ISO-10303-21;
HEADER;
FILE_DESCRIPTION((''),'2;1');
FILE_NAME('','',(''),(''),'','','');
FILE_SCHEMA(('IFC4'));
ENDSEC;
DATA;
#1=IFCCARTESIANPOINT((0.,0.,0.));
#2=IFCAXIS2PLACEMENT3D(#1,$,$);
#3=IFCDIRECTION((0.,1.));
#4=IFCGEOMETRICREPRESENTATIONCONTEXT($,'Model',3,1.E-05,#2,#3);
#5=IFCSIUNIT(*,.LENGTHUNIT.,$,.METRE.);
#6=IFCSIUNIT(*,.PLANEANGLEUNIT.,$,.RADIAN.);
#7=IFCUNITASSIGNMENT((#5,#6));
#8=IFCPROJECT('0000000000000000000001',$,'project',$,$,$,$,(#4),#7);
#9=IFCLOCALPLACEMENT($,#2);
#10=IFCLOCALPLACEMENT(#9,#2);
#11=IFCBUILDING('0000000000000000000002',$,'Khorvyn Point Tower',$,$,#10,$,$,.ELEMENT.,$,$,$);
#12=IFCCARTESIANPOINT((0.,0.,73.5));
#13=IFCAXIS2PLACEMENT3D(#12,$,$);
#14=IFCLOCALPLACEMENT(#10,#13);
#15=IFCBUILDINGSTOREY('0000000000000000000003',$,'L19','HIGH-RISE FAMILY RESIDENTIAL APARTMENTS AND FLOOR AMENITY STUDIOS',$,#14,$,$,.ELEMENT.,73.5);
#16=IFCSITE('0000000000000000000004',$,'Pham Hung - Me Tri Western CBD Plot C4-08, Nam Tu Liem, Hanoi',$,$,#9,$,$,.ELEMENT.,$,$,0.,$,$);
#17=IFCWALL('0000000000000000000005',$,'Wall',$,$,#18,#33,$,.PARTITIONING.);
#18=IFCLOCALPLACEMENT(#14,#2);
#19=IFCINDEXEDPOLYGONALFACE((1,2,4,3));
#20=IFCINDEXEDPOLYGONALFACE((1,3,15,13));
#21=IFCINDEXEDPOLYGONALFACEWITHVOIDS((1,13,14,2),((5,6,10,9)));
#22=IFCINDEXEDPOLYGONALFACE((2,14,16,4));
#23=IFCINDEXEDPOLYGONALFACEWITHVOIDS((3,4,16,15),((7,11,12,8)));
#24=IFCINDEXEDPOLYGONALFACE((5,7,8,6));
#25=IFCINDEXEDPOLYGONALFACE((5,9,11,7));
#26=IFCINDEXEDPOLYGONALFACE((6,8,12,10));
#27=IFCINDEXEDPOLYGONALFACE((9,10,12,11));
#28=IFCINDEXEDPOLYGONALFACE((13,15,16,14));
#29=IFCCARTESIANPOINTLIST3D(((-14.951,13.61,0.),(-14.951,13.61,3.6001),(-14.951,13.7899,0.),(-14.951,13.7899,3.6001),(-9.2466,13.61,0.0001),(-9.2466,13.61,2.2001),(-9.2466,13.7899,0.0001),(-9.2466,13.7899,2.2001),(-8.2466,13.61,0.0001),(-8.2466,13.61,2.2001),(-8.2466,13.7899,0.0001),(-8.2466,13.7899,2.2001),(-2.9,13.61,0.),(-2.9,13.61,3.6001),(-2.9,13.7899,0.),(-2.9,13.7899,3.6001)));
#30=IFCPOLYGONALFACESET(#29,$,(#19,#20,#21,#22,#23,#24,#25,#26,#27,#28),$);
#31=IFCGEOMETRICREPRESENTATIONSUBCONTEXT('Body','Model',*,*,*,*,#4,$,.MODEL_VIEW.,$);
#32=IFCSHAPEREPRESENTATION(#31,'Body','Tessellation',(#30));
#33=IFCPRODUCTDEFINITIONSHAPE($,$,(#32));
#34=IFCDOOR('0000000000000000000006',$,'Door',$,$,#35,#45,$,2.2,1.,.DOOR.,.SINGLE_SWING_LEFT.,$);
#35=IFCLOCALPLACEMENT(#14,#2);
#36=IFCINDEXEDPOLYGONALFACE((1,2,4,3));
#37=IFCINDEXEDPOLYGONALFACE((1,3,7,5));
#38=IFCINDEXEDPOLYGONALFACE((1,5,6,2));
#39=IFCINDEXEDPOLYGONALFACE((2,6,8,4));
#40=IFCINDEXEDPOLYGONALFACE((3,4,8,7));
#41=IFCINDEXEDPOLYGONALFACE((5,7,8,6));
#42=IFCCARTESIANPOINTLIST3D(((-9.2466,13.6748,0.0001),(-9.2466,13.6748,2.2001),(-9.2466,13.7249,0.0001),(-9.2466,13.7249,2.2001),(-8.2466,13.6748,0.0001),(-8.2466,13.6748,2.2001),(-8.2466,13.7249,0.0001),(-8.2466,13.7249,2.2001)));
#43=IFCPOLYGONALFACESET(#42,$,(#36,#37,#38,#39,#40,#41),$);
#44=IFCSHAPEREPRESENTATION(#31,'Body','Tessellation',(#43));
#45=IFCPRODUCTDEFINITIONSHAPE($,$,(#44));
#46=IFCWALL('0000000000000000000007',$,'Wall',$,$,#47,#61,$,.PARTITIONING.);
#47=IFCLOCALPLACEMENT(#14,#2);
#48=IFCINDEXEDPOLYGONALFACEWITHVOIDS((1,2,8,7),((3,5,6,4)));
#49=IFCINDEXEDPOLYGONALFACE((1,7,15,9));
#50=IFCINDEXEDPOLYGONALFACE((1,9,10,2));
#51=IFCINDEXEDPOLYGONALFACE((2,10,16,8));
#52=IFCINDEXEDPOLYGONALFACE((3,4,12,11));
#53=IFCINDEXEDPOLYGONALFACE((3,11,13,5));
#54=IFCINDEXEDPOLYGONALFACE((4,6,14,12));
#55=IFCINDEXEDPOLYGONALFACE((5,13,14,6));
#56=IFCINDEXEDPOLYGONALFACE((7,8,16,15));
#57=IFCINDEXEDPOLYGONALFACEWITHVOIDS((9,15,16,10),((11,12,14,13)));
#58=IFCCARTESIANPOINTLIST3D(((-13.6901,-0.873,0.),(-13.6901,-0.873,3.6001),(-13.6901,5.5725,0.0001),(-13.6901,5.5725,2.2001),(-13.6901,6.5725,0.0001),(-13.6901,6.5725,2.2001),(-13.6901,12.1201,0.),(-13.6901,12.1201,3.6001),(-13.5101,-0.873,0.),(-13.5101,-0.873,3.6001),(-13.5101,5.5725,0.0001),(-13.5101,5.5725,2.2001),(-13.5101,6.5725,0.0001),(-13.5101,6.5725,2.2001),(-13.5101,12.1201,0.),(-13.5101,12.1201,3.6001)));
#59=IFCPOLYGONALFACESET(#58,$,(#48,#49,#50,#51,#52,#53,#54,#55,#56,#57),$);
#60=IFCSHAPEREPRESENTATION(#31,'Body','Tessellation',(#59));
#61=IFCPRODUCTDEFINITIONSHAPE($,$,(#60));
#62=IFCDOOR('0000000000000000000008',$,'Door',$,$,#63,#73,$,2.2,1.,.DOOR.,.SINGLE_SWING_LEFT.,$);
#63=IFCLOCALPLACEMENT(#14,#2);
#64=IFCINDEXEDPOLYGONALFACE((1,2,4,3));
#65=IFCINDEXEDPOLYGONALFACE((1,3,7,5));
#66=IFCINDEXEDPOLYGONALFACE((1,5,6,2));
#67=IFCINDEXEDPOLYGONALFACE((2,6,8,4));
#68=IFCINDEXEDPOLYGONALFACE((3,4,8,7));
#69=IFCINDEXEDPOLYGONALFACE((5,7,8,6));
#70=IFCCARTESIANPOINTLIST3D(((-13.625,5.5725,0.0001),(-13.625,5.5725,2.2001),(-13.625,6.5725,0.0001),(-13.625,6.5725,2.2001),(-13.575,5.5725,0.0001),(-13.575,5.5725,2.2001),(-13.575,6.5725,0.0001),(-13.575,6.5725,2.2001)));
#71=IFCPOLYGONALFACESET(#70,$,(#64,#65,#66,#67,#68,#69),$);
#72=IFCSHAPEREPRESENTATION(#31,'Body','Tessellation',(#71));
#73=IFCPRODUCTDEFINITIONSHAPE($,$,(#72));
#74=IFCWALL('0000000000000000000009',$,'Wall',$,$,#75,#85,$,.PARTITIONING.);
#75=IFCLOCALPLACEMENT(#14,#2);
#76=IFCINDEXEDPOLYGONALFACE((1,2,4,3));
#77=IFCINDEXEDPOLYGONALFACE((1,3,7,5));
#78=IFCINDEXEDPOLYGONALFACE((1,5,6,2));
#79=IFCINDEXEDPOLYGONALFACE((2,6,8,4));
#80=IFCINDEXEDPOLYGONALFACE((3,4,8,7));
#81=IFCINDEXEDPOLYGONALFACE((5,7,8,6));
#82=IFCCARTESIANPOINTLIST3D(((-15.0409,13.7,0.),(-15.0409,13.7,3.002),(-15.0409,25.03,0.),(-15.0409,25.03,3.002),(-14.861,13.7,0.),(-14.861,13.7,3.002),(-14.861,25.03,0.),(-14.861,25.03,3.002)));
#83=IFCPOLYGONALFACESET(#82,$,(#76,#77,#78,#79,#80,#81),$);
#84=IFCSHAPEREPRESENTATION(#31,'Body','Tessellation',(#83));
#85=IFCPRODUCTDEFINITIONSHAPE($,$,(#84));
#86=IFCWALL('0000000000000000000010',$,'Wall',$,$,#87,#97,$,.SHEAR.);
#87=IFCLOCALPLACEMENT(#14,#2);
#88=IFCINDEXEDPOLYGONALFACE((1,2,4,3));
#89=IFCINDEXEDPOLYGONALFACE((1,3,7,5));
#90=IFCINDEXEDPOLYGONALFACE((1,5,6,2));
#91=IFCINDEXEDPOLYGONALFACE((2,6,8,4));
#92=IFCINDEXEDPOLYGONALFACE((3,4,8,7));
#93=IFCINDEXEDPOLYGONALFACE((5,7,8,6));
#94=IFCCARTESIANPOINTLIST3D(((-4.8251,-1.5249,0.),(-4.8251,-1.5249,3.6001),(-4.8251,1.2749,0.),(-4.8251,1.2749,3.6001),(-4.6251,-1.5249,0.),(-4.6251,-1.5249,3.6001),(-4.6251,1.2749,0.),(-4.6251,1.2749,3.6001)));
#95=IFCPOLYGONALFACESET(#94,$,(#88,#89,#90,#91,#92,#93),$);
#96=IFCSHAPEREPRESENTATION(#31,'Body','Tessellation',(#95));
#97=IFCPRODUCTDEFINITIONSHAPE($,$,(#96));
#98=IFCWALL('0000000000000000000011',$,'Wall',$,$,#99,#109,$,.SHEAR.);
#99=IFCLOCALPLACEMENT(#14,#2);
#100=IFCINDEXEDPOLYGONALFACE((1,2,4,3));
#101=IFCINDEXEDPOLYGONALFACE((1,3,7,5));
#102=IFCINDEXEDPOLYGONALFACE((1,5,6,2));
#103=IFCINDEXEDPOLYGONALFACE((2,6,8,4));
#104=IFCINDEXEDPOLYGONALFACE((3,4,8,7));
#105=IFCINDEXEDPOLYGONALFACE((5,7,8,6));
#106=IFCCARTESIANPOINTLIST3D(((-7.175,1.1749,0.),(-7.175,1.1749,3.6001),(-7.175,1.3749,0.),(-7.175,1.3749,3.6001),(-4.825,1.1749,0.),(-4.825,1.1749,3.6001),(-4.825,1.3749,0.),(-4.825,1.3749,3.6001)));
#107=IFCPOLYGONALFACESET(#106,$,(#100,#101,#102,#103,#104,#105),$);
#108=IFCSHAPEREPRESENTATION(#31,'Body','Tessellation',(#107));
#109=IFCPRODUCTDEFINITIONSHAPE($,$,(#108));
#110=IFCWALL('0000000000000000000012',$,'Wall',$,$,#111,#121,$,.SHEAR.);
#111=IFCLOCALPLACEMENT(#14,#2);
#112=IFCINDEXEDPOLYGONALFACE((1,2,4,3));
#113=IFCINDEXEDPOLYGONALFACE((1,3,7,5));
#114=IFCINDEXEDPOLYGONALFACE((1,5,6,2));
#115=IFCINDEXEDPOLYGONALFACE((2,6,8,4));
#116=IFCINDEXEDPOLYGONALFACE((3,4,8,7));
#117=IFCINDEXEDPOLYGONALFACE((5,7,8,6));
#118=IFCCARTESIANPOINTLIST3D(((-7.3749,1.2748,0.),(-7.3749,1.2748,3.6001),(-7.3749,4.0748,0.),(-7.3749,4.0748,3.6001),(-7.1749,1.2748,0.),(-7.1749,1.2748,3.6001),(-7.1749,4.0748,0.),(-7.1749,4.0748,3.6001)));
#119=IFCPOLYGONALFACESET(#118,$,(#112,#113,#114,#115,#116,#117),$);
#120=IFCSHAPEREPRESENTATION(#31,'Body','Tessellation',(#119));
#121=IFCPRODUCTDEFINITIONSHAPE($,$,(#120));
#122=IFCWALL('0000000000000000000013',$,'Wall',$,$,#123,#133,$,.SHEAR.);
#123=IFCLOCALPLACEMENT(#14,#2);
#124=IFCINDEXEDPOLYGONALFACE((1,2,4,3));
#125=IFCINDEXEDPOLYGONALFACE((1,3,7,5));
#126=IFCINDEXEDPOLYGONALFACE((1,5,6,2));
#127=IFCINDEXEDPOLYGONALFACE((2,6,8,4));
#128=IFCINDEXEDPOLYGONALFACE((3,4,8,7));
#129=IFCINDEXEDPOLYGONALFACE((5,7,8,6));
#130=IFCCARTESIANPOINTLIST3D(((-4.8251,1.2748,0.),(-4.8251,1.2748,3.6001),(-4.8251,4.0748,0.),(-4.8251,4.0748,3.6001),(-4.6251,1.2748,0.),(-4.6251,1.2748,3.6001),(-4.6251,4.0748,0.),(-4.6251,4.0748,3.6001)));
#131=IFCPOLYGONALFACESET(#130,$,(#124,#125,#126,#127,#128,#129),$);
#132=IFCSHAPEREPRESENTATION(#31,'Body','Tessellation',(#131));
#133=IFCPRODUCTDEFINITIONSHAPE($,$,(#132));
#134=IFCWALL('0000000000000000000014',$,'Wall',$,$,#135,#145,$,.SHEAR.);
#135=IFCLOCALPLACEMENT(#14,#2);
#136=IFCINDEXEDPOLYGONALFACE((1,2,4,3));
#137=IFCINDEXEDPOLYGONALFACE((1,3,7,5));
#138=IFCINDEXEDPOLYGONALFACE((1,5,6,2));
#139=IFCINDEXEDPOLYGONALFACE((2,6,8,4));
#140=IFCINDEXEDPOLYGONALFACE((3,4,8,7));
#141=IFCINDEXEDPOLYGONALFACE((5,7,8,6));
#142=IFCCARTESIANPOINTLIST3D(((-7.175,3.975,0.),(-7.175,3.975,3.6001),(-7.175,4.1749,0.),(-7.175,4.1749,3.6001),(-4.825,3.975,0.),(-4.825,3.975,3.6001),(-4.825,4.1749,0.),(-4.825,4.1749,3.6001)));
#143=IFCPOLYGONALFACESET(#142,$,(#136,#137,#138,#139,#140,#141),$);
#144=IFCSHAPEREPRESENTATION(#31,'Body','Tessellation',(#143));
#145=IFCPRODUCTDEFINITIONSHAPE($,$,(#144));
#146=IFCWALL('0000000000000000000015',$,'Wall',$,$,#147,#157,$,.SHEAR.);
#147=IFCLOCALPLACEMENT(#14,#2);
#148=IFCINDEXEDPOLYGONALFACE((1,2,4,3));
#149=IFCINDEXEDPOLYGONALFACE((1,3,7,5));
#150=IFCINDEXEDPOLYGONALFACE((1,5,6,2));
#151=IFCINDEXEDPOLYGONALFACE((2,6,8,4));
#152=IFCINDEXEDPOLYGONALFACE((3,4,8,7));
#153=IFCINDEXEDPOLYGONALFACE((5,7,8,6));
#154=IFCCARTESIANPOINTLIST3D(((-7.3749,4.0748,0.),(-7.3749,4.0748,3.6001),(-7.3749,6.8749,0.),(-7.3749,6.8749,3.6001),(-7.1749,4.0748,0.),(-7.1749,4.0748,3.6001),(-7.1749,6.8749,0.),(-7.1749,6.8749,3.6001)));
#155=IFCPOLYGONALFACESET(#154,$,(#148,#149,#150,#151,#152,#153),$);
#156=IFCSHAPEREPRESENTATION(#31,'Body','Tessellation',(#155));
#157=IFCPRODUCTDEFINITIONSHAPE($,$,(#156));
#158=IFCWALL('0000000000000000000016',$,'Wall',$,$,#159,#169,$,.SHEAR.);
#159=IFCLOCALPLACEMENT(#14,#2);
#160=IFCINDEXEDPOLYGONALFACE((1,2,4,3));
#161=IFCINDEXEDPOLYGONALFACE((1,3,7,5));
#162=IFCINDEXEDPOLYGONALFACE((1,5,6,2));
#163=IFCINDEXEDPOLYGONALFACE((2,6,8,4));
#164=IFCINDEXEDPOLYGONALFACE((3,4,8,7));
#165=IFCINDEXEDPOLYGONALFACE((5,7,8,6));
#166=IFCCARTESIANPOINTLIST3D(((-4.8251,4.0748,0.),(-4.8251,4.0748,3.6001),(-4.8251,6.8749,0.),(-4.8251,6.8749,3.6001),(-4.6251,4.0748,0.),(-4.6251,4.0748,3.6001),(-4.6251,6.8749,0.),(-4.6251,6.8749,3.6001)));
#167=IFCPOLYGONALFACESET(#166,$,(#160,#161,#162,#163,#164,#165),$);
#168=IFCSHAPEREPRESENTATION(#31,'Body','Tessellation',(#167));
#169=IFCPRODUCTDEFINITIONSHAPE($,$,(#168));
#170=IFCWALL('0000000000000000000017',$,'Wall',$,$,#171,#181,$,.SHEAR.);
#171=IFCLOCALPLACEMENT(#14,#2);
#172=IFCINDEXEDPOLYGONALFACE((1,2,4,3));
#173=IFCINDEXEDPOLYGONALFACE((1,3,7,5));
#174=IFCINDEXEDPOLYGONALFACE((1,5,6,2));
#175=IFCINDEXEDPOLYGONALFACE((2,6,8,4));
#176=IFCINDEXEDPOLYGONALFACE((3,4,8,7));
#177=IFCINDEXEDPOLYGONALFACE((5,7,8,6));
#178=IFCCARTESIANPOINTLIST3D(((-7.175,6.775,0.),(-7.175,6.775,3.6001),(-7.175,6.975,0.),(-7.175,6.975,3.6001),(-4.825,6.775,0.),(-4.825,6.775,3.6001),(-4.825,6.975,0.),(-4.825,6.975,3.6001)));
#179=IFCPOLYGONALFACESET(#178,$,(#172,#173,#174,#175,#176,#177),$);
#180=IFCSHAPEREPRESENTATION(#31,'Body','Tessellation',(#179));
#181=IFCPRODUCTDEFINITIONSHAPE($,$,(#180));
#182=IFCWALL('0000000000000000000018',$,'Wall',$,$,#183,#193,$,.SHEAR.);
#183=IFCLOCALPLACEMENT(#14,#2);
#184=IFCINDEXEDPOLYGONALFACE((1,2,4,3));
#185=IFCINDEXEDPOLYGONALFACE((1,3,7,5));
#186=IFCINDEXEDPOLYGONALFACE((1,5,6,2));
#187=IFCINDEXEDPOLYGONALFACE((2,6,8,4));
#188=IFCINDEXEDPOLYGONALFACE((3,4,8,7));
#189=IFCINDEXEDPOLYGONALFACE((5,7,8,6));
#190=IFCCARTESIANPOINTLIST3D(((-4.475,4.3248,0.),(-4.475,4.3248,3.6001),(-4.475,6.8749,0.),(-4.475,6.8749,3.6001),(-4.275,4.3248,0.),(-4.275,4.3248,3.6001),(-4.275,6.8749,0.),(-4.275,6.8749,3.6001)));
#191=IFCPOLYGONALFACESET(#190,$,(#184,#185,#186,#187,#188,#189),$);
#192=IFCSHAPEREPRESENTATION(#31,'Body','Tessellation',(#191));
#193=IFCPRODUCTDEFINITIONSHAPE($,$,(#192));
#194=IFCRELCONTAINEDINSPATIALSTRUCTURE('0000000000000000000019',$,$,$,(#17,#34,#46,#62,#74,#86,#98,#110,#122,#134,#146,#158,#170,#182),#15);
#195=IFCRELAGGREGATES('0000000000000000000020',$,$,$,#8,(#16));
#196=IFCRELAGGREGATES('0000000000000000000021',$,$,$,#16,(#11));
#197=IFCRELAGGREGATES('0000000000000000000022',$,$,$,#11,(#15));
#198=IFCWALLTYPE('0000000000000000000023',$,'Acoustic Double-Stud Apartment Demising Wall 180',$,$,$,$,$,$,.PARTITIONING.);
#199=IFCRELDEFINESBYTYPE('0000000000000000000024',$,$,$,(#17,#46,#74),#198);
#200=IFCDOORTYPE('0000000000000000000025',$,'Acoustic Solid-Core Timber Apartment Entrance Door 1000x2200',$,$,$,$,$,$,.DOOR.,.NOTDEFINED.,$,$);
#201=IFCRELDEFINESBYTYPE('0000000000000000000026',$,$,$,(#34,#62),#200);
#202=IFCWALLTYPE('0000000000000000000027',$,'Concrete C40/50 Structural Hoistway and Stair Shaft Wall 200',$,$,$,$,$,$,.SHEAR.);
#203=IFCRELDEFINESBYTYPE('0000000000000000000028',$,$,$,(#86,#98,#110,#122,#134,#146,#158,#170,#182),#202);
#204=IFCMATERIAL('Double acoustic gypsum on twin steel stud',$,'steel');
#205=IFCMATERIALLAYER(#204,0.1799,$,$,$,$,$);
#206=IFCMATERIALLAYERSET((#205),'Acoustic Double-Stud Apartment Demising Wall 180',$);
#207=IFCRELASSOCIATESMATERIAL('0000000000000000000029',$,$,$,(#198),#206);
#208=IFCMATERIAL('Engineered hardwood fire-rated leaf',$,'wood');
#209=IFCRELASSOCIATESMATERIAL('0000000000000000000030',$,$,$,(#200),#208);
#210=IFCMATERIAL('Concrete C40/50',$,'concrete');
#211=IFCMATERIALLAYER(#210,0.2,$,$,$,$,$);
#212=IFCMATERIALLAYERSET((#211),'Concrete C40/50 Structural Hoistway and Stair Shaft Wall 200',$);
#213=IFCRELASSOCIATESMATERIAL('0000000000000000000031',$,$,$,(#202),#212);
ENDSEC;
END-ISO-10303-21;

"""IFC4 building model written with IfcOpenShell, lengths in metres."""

from ifc_helpers import new_model, si_unit, direction, frame, frame_2d, origin, place, context, subcontext, project, spatial, rectangle, extrude, material, layer, layer_set, type_object, element, fill, save


model = new_model("IFC4")

# Units and contexts
model_context = context("Model", 3, precision=1e-05, world=origin(), true_north=direction((0.0, 1.0)))
body_context = subcontext(model_context, "Body", "Model", "MODEL_VIEW")
ifc_project = project(units=[si_unit("LENGTHUNIT", "METRE"), si_unit("PLANEANGLEUNIT", "RADIAN")], contexts=[model_context])

# Site, building, storey
site_placement = place(None, origin())
site = spatial("IfcSite", under=ifc_project, at=site_placement, Name="Pham Hung - Me Tri Western CBD Plot C4-08, Nam Tu Liem, Hanoi", CompositionType="ELEMENT", RefElevation=0.0)
building_placement = place(site_placement, origin())
building = spatial("IfcBuilding", under=site, at=building_placement, Name="Khorvyn Point Tower", CompositionType="ELEMENT")
storey_placement = place(building_placement, frame((0.0, 0.0, 73.5)))
storey = spatial("IfcBuildingStorey", under=building, at=storey_placement, Name="L19", Description="HIGH-RISE FAMILY RESIDENTIAL APARTMENTS AND FLOOR AMENITY STUDIOS", CompositionType="ELEMENT", Elevation=73.5)

# Shared definitions
ifc_material_1 = material(Name="Concrete C40/50", Category="concrete")

# Walls, openings, doors
ifc_material_2 = material(Name="Double acoustic gypsum on twin steel stud", Category="steel")
ifc_layer_1 = layer(ifc_material_2, 0.1799)
ifc_layer_set_1 = layer_set([ifc_layer_1], Name="Acoustic Double-Stud Apartment Demising Wall 180")
wall_type_1 = type_object("IfcWallType", Name="Acoustic Double-Stud Apartment Demising Wall 180", PredefinedType="PARTITIONING", material=ifc_layer_set_1)
wall_1_placement = place(storey_placement, frame((-14.9509, 13.7, 0.0), z_axis=(0.0, 0.0, 1.0), x_axis=(1.0, 0.0, 0.0)))
wall_1 = element("IfcWall", 1, at=wall_1_placement, inside=storey, type_object=wall_type_1, Name="Wall", PredefinedType="PARTITIONING", context=body_context, shape_type="SweptSolid", body=[
    extrude(rectangle(XDim=12.051, YDim=0.1799, at=frame_2d((6.0254, 0.0))), origin(), (0.0, 0.0, 1.0), 3.6001),
])
opening_1_placement = place(wall_1_placement, frame((5.7043, 0.0, 0.0)))
opening_1 = element("IfcOpeningElement", 2, at=opening_1_placement, cuts=wall_1, PredefinedType="OPENING", context=body_context, shape_type="SweptSolid", body=[
    extrude(rectangle(XDim=1.0, YDim=2.2, at=frame_2d((0.5, 1.1001))), frame((0.0, 0.0999, 0.0), z_axis=(0.0, -1.0, 0.0), x_axis=(1.0, 0.0, 0.0)), (0.0, 0.0, 1.0), 0.2),
])
ifc_material_3 = material(Name="Engineered hardwood fire-rated leaf", Category="wood")
door_type_1 = type_object("IfcDoorType", Name="Acoustic Solid-Core Timber Apartment Entrance Door 1000x2200", OperationType="NOTDEFINED", PredefinedType="DOOR", material=ifc_material_3)
door_1_placement = place(opening_1_placement, origin())
door_1 = element("IfcDoor", 3, at=door_1_placement, inside=storey, type_object=door_type_1, Name="Door", OperationType="SINGLE_SWING_LEFT", OverallHeight=2.2, OverallWidth=1.0, PredefinedType="DOOR", context=body_context, shape_type="SweptSolid", body=[
    extrude(rectangle(XDim=1.0, YDim=2.2, at=frame_2d((0.5, 1.1001))), frame((0.0, 0.0249, 0.0), z_axis=(0.0, -1.0, 0.0), x_axis=(1.0, 0.0, 0.0)), (0.0, 0.0, 1.0), 0.05),
])
fill(opening_1, door_1)
wall_2_placement = place(storey_placement, frame((-13.6001, -0.873, 0.0), z_axis=(0.0, 0.0, 1.0), x_axis=(0.0, 1.0, 0.0)))
wall_2 = element("IfcWall", 4, at=wall_2_placement, inside=storey, type_object=wall_type_1, Name="Wall", PredefinedType="PARTITIONING", context=body_context, shape_type="SweptSolid", body=[
    extrude(rectangle(XDim=12.9932, YDim=0.1799, at=frame_2d((6.4966, 0.0))), origin(), (0.0, 0.0, 1.0), 3.6001),
])
opening_2_placement = place(wall_2_placement, frame((6.4456, 0.0, 0.0)))
opening_2 = element("IfcOpeningElement", 5, at=opening_2_placement, cuts=wall_2, PredefinedType="OPENING", context=body_context, shape_type="SweptSolid", body=[
    extrude(rectangle(XDim=1.0, YDim=2.2, at=frame_2d((0.5, 1.1001))), frame((0.0, 0.0999, 0.0), z_axis=(0.0, -1.0, 0.0), x_axis=(1.0, 0.0, 0.0)), (0.0, 0.0, 1.0), 0.2),
])
door_2_placement = place(opening_2_placement, origin())
door_2 = element("IfcDoor", 6, at=door_2_placement, inside=storey, type_object=door_type_1, Name="Door", OperationType="SINGLE_SWING_LEFT", OverallHeight=2.2, OverallWidth=1.0, PredefinedType="DOOR", context=body_context, shape_type="SweptSolid", body=[
    extrude(rectangle(XDim=1.0, YDim=2.2, at=frame_2d((0.5, 1.1001))), frame((0.0, 0.0249, 0.0), z_axis=(0.0, -1.0, 0.0), x_axis=(1.0, 0.0, 0.0)), (0.0, 0.0, 1.0), 0.05),
])
fill(opening_2, door_2)

# Wall
wall_3_placement = place(storey_placement, frame((-14.9509, 13.7, 0.0), z_axis=(0.0, 0.0, 1.0), x_axis=(0.0, 1.0, 0.0)))
element("IfcWall", 7, at=wall_3_placement, inside=storey, type_object=wall_type_1, Name="Wall", PredefinedType="PARTITIONING", context=body_context, shape_type="SweptSolid", body=[
    extrude(rectangle(XDim=11.3301, YDim=0.1799, at=frame_2d((5.665, 0.0))), origin(), (0.0, 0.0, 1.0), 3.002),
])

# Walls
ifc_layer_2 = layer(ifc_material_1, 0.2)
ifc_layer_set_2 = layer_set([ifc_layer_2], Name="Concrete C40/50 Structural Hoistway and Stair Shaft Wall 200")
wall_type_2 = type_object("IfcWallType", Name="Concrete C40/50 Structural Hoistway and Stair Shaft Wall 200", PredefinedType="SHEAR", material=ifc_layer_set_2)
wall_4_placement = place(storey_placement, frame((-4.7251, -1.5249, 0.0), z_axis=(0.0, 0.0, 1.0), x_axis=(0.0, 1.0, 0.0)))
element("IfcWall", 8, at=wall_4_placement, inside=storey, type_object=wall_type_2, Name="Wall", PredefinedType="SHEAR", context=body_context, shape_type="SweptSolid", body=[
    extrude(rectangle(XDim=2.7998, YDim=0.2, at=frame_2d((1.3999, 0.0))), origin(), (0.0, 0.0, 1.0), 3.6001),
])
wall_5_placement = place(storey_placement, frame((-7.175, 1.2749, 0.0), z_axis=(0.0, 0.0, 1.0), x_axis=(1.0, 0.0, 0.0)))
element("IfcWall", 9, at=wall_5_placement, inside=storey, type_object=wall_type_2, Name="Wall", PredefinedType="SHEAR", context=body_context, shape_type="SweptSolid", body=[
    extrude(rectangle(XDim=2.3501, YDim=0.2, at=frame_2d((1.175, 0.0))), origin(), (0.0, 0.0, 1.0), 3.6001),
])
for number, where, z_axis, x_axis, name in (
    (10, (-7.2749, 1.2749, 0.0), (0.0, 0.0, 1.0), (0.0, 1.0, 0.0), "Wall"),
    (11, (-4.7251, 1.2749, 0.0), (0.0, 0.0, 1.0), (0.0, 1.0, 0.0), "Wall"),
):
    element("IfcWall", number, at=place(storey_placement, frame(where, z_axis=z_axis, x_axis=x_axis)), inside=storey, type_object=wall_type_2, Name=name, PredefinedType="SHEAR", context=body_context, shape_type="SweptSolid", body=[
        extrude(rectangle(XDim=2.8, YDim=0.2, at=frame_2d((1.3999, 0.0))), origin(), (0.0, 0.0, 1.0), 3.6001),
    ])
wall_6_placement = place(storey_placement, frame((-7.175, 4.075, 0.0), z_axis=(0.0, 0.0, 1.0), x_axis=(1.0, 0.0, 0.0)))
element("IfcWall", 12, at=wall_6_placement, inside=storey, type_object=wall_type_2, Name="Wall", PredefinedType="SHEAR", context=body_context, shape_type="SweptSolid", body=[
    extrude(rectangle(XDim=2.3501, YDim=0.2, at=frame_2d((1.175, 0.0))), origin(), (0.0, 0.0, 1.0), 3.6001),
])
for number, where, z_axis, x_axis, name in (
    (13, (-7.2749, 4.075, 0.0), (0.0, 0.0, 1.0), (0.0, 1.0, 0.0), "Wall"),
    (14, (-4.7251, 4.075, 0.0), (0.0, 0.0, 1.0), (0.0, 1.0, 0.0), "Wall"),
):
    element("IfcWall", number, at=place(storey_placement, frame(where, z_axis=z_axis, x_axis=x_axis)), inside=storey, type_object=wall_type_2, Name=name, PredefinedType="SHEAR", context=body_context, shape_type="SweptSolid", body=[
        extrude(rectangle(XDim=2.8, YDim=0.2, at=frame_2d((1.3999, 0.0))), origin(), (0.0, 0.0, 1.0), 3.6001),
    ])
wall_7_placement = place(storey_placement, frame((-7.175, 6.875, 0.0), z_axis=(0.0, 0.0, 1.0), x_axis=(1.0, 0.0, 0.0)))
element("IfcWall", 15, at=wall_7_placement, inside=storey, type_object=wall_type_2, Name="Wall", PredefinedType="SHEAR", context=body_context, shape_type="SweptSolid", body=[
    extrude(rectangle(XDim=2.3501, YDim=0.2, at=frame_2d((1.175, 0.0))), origin(), (0.0, 0.0, 1.0), 3.6001),
])
wall_8_placement = place(storey_placement, frame((-4.375, 4.325, 0.0), z_axis=(0.0, 0.0, 1.0), x_axis=(0.0, 1.0, 0.0)))
element("IfcWall", 16, at=wall_8_placement, inside=storey, type_object=wall_type_2, Name="Wall", PredefinedType="SHEAR", context=body_context, shape_type="SweptSolid", body=[
    extrude(rectangle(XDim=2.55, YDim=0.2, at=frame_2d((1.2749, 0.0))), origin(), (0.0, 0.0, 1.0), 3.6001),
])

save(model, "model.ifc")
